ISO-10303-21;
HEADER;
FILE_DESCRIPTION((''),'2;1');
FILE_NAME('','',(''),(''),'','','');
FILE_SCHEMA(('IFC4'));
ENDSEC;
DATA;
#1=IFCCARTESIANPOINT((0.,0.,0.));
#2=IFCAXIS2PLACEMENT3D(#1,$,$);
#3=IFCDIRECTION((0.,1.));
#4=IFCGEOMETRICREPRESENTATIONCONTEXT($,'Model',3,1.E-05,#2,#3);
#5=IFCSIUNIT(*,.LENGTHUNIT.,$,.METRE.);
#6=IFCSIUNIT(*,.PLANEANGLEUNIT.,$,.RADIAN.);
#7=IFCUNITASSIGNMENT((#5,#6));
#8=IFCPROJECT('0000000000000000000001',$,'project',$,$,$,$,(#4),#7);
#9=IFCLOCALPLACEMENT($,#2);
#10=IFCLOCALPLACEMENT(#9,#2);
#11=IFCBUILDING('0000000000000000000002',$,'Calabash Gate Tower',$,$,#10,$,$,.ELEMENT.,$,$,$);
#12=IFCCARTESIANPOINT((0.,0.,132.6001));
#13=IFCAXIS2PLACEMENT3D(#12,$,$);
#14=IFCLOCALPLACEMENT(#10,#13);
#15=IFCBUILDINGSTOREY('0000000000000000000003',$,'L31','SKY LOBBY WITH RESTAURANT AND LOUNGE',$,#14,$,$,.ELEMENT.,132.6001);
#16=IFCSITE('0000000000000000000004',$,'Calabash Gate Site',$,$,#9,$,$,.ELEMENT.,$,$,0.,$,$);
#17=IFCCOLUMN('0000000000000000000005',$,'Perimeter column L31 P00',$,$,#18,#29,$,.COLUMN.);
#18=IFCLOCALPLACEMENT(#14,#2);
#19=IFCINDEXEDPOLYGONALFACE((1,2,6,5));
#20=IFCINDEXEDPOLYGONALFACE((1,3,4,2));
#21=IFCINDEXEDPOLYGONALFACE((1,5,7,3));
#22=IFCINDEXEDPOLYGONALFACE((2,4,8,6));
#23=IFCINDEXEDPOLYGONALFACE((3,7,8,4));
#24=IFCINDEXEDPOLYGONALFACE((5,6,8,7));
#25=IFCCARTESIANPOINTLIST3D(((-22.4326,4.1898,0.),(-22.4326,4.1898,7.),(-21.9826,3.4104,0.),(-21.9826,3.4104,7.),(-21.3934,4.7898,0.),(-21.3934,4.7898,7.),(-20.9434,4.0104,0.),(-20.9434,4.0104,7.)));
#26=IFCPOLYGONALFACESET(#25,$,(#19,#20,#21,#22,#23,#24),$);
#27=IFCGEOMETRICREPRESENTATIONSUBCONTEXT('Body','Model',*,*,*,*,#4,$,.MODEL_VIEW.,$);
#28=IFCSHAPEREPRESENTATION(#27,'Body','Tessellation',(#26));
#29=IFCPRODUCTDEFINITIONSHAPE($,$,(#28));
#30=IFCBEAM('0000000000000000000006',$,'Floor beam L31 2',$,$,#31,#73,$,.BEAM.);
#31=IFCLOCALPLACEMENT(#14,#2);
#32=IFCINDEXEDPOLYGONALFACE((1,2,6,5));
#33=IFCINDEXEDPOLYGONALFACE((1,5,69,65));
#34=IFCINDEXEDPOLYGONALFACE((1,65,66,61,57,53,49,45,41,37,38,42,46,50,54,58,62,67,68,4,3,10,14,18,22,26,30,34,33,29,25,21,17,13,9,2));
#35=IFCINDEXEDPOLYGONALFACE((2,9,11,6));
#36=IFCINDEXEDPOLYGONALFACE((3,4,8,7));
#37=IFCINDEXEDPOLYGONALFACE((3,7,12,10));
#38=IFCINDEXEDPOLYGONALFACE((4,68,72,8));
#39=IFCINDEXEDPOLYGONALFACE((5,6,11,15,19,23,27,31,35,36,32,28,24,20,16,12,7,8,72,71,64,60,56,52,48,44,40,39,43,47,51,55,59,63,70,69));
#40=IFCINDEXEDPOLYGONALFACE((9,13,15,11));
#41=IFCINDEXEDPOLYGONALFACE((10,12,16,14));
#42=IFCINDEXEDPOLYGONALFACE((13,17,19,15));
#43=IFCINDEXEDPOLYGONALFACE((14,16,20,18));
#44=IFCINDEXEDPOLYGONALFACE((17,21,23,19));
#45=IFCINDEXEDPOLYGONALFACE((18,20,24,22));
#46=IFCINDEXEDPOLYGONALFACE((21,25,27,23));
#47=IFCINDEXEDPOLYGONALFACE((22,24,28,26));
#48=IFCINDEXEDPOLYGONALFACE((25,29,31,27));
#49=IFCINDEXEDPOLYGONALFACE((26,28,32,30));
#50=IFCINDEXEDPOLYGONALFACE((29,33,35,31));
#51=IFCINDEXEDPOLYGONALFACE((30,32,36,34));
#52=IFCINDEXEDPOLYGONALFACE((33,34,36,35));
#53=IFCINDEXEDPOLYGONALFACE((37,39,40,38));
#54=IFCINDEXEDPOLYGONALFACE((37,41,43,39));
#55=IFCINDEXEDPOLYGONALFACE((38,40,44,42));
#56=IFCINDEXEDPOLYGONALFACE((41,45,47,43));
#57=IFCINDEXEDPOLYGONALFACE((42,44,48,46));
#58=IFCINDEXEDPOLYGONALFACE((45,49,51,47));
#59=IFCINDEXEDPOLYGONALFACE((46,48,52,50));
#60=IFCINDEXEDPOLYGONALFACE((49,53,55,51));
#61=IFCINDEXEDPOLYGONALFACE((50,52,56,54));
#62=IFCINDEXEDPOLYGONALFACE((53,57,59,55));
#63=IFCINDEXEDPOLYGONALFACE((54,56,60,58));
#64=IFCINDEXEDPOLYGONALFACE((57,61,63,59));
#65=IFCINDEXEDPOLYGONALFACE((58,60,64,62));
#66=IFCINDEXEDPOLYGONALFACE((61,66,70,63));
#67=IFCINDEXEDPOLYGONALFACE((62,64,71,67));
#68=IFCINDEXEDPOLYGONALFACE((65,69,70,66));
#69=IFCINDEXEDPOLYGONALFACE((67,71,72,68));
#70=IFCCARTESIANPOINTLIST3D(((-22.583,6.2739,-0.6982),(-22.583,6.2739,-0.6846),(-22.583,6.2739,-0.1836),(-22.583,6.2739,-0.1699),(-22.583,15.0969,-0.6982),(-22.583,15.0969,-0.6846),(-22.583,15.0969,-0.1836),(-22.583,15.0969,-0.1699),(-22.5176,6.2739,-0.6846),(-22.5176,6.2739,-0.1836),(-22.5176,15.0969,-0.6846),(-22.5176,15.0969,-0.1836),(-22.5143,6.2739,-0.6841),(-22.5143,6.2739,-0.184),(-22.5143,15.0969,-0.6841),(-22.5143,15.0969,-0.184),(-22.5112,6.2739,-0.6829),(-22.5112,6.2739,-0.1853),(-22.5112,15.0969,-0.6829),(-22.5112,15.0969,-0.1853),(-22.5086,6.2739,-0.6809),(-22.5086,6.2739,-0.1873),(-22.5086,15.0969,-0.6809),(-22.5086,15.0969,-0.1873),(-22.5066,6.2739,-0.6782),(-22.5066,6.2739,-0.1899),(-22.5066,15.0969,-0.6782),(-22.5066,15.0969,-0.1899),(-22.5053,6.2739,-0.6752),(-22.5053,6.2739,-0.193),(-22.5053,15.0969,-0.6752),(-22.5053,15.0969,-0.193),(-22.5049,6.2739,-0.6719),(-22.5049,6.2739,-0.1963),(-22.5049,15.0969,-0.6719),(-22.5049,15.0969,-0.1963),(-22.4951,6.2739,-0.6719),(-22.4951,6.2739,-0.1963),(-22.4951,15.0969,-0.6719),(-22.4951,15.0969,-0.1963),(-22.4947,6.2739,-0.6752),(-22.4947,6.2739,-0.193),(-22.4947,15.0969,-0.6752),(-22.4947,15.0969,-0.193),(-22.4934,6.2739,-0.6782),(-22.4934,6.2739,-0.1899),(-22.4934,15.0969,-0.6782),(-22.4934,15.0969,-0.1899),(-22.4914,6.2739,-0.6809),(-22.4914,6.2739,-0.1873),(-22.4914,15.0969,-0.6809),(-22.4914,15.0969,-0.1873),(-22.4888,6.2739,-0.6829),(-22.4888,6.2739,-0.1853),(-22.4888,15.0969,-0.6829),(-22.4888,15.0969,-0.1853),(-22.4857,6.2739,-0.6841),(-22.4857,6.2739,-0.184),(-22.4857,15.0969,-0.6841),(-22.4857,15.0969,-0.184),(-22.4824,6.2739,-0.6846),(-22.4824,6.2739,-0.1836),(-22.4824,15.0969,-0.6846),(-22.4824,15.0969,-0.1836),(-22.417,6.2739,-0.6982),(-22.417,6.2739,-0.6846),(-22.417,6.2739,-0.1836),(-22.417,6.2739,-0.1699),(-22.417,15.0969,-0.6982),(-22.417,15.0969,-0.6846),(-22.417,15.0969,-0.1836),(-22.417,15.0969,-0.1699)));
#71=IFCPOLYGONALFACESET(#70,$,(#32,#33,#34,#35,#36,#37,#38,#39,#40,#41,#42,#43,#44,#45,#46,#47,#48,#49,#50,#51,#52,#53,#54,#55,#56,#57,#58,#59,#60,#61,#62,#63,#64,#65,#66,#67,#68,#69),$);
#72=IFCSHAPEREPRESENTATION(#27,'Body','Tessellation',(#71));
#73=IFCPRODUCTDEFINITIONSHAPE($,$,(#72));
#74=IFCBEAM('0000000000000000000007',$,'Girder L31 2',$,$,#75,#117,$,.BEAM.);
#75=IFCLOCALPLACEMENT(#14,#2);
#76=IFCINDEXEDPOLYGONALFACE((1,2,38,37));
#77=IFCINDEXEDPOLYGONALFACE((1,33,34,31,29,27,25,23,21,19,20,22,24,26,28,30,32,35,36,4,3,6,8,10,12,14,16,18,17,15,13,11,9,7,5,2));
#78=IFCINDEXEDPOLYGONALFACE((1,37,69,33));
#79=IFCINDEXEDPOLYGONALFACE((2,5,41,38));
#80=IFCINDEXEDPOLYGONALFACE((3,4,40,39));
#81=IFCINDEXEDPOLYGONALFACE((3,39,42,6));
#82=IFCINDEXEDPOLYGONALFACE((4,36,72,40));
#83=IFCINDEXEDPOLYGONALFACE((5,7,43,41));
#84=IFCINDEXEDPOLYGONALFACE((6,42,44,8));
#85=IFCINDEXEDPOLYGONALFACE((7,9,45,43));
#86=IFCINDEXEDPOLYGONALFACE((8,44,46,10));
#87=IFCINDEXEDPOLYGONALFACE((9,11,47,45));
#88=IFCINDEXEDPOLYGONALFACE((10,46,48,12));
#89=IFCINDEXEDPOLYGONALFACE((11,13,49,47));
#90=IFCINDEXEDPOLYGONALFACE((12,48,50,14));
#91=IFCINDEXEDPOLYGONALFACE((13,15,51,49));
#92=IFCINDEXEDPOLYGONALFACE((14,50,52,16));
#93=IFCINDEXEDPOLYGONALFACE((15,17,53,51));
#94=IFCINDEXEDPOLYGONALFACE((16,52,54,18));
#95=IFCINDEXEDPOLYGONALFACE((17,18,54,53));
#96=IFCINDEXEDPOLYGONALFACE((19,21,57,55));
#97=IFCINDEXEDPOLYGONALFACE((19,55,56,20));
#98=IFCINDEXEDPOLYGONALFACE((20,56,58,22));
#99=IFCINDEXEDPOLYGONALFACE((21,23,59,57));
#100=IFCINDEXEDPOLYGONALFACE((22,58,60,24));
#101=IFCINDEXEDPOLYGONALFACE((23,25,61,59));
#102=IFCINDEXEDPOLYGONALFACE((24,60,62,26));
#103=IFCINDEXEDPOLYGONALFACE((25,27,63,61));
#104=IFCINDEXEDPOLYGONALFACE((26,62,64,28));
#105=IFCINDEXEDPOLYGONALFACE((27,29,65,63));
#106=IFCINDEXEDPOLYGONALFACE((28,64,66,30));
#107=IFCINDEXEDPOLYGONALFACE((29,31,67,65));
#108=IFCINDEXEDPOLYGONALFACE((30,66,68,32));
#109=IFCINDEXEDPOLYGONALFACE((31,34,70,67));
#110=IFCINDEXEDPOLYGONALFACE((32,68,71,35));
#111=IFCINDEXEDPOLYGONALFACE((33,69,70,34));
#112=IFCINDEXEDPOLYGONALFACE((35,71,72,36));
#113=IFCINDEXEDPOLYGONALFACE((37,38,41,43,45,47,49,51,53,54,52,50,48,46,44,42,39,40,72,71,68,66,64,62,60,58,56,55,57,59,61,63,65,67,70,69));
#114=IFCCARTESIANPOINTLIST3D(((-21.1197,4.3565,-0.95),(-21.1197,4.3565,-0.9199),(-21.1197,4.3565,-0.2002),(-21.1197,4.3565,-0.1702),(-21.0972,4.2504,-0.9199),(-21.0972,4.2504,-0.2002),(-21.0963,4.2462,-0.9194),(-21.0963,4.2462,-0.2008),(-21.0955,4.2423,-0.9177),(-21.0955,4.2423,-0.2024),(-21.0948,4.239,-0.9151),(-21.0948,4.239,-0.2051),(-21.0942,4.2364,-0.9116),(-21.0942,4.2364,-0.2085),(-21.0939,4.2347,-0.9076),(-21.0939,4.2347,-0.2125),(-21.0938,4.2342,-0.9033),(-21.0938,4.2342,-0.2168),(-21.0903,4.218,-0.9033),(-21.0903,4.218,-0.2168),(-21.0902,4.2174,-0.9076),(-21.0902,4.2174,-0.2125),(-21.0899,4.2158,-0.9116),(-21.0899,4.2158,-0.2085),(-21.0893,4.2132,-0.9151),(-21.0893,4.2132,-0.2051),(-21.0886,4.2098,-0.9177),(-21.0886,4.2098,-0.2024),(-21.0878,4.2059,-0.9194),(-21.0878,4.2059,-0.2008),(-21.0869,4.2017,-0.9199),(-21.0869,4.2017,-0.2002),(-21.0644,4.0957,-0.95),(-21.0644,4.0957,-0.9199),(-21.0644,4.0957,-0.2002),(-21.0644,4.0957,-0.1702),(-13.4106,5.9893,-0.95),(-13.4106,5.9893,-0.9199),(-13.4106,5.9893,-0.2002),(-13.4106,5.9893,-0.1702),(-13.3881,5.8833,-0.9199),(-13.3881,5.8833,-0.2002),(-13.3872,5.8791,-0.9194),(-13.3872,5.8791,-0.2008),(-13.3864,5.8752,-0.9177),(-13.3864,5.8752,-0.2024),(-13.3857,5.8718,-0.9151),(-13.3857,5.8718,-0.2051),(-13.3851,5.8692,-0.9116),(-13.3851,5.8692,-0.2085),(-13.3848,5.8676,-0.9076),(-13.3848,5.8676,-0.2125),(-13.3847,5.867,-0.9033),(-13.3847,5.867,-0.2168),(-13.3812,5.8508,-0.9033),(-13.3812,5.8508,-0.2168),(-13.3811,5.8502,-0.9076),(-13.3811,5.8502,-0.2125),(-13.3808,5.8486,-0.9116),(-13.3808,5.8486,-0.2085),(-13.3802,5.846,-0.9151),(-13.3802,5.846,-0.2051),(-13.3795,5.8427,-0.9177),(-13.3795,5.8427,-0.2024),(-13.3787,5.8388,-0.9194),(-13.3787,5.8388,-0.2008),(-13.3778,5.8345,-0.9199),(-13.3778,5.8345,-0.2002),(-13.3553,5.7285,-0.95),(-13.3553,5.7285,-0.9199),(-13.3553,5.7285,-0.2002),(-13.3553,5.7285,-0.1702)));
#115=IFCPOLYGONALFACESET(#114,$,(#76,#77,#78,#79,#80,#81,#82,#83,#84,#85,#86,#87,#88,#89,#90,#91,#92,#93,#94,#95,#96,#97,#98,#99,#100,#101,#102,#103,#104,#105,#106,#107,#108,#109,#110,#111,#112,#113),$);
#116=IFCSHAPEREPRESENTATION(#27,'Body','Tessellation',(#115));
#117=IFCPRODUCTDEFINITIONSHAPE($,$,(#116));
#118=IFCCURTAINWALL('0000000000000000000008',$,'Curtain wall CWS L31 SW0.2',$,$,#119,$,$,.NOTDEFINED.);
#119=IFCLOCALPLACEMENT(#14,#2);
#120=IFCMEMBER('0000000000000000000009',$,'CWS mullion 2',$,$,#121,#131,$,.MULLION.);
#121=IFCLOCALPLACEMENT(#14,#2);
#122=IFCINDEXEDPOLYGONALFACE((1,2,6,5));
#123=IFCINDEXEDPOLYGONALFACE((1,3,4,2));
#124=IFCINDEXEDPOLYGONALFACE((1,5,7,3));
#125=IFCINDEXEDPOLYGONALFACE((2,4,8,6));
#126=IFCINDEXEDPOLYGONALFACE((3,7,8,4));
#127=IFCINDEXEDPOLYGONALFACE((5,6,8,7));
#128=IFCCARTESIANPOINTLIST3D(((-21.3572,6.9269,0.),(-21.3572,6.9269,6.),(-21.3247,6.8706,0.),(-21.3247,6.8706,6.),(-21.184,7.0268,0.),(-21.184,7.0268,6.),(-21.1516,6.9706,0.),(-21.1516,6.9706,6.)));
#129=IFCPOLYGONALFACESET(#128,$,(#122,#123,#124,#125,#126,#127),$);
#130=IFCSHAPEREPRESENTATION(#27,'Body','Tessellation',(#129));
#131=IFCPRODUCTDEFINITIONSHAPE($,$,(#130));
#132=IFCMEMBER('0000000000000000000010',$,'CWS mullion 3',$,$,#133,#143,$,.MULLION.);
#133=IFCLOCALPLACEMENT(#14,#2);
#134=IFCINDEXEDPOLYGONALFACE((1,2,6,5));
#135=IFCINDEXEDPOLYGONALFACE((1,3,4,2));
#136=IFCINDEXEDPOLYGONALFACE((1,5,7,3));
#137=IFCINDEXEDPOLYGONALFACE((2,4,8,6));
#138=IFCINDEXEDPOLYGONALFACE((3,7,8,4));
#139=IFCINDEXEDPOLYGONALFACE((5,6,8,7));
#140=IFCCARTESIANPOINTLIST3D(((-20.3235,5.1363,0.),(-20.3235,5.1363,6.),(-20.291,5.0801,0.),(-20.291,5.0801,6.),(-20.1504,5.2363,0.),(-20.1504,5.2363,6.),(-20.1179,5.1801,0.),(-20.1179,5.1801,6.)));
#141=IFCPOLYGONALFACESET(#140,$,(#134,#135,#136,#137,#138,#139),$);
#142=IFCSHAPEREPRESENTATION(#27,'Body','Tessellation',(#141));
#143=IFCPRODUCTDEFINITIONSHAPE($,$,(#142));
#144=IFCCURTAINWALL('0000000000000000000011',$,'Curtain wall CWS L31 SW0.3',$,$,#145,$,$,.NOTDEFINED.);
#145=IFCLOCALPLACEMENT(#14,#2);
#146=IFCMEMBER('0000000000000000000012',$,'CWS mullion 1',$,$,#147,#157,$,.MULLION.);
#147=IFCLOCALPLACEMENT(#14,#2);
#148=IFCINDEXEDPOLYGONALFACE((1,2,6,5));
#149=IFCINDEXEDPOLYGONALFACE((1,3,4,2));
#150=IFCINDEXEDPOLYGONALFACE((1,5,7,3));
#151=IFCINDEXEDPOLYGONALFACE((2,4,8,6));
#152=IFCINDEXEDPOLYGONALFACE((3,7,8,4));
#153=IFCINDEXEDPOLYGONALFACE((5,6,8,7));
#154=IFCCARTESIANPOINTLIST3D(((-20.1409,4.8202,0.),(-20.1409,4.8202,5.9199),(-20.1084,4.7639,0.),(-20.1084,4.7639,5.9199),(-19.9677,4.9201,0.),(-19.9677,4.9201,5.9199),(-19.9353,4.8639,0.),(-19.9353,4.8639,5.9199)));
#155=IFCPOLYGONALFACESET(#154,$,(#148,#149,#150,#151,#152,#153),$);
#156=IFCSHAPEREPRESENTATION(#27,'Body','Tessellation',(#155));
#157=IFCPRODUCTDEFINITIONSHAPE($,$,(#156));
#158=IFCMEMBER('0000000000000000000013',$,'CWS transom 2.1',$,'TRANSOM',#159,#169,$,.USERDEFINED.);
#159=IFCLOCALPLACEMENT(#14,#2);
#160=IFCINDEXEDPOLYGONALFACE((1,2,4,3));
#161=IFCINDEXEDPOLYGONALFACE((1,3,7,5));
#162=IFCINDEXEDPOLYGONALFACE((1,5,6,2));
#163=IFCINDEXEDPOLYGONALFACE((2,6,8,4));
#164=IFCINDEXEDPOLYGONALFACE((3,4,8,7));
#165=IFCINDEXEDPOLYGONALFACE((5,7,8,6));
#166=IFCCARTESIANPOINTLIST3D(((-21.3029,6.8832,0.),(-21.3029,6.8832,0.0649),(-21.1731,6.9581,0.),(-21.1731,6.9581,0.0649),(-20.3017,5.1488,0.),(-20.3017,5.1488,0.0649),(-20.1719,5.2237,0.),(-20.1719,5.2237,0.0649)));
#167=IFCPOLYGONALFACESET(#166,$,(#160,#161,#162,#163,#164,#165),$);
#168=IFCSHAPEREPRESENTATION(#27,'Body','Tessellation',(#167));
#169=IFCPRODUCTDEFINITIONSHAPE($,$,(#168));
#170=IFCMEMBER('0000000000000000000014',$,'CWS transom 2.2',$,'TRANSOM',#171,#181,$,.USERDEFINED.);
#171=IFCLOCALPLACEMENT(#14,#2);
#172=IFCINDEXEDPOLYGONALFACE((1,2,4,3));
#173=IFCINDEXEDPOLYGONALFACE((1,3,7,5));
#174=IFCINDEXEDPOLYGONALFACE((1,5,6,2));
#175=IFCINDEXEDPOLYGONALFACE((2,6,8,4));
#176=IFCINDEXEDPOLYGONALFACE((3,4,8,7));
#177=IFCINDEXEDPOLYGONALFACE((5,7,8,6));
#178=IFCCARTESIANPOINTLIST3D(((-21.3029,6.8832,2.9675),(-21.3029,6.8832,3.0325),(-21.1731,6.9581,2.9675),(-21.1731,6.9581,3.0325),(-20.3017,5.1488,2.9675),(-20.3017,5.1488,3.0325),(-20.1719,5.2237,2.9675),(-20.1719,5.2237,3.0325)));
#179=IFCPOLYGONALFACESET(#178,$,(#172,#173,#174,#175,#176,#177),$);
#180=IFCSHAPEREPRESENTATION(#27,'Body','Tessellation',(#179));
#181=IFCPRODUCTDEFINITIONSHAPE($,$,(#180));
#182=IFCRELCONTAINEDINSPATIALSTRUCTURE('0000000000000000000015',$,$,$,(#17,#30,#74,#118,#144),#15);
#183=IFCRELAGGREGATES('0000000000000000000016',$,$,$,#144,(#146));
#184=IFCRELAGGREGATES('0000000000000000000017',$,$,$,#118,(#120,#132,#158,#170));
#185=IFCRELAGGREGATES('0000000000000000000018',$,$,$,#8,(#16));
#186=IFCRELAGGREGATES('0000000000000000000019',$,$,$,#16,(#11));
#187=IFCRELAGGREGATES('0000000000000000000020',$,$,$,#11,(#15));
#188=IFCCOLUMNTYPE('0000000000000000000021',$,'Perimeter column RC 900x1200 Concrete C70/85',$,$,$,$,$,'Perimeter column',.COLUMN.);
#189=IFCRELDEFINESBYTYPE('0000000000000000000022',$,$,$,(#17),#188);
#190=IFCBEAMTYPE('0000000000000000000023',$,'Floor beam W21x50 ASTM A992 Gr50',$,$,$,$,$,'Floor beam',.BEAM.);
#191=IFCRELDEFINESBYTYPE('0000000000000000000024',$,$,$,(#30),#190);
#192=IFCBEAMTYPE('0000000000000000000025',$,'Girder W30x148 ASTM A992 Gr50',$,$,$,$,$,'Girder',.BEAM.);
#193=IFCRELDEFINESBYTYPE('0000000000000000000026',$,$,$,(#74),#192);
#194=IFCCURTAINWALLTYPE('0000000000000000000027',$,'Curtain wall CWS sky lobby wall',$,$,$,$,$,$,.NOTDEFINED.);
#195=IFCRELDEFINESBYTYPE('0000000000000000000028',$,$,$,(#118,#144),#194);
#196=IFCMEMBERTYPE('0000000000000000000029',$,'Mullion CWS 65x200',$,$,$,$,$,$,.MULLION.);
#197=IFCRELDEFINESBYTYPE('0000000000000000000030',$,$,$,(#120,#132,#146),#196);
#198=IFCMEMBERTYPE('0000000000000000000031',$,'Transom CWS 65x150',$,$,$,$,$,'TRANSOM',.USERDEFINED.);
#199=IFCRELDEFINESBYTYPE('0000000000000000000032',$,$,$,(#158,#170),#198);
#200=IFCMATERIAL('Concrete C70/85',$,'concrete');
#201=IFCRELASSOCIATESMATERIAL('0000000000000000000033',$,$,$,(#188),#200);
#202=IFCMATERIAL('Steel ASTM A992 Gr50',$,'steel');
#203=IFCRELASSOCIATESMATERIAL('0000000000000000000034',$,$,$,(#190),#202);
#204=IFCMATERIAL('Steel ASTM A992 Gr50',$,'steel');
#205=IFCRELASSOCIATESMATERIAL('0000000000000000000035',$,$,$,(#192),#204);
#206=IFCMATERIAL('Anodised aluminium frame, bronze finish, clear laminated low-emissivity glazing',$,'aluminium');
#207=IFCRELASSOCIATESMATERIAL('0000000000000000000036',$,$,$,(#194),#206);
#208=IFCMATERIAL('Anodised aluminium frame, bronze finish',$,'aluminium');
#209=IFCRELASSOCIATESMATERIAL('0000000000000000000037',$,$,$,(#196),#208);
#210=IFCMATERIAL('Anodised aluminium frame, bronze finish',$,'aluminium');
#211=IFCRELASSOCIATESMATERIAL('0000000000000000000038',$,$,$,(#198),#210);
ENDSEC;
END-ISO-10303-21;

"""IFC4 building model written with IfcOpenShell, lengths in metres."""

from ifc_helpers import new_model, si_unit, direction, frame, origin, origin_2d, place, context, subcontext, project, spatial, rectangle, i_section, extrude, material, material_profile, profile_set, type_object, element, aggregate, save


model = new_model("IFC4")

# Units and contexts
model_context = context("Model", 3, precision=1e-05, world=origin(), true_north=direction((0.0, 1.0)))
body_context = subcontext(model_context, "Body", "Model", "MODEL_VIEW")
ifc_project = project(units=[si_unit("LENGTHUNIT", "METRE"), si_unit("PLANEANGLEUNIT", "RADIAN")], contexts=[model_context])

# Site, building, storey
site_placement = place(None, origin())
site = spatial("IfcSite", under=ifc_project, at=site_placement, Name="Calabash Gate Site", CompositionType="ELEMENT", RefElevation=0.0)
building_placement = place(site_placement, origin())
building = spatial("IfcBuilding", under=site, at=building_placement, Name="Calabash Gate Tower", CompositionType="ELEMENT")
storey_placement = place(building_placement, frame((0.0, 0.0, 132.6001)))
storey = spatial("IfcBuildingStorey", under=building, at=storey_placement, Name="L31", Description="SKY LOBBY WITH RESTAURANT AND LOUNGE", CompositionType="ELEMENT", Elevation=132.6001)

# Column
ifc_material_1 = material(Name="Concrete C70/85", Category="concrete")
ifc_material_profile_1 = material_profile(ifc_material_1, rectangle(XDim=0.8999, YDim=1.2, at=origin_2d()))
ifc_profile_set_1 = profile_set([ifc_material_profile_1], Name="Concrete C70/85")
column_type = type_object("IfcColumnType", Name="Perimeter column RC 900x1200 Concrete C70/85", ElementType="Perimeter column", PredefinedType="COLUMN", material=ifc_profile_set_1)
column_placement = place(storey_placement, frame((-21.688, 4.1001, 0.0), z_axis=(0.0, 0.0, 1.0), x_axis=(0.5, -0.866025, 0.0)))
element("IfcColumn", 1, at=column_placement, inside=storey, type_object=column_type, Name="Perimeter column L31 P00", PredefinedType="COLUMN", context=body_context, shape_type="SweptSolid", body=[
    extrude(rectangle(XDim=0.8999, YDim=1.2, at=origin_2d()), origin(), (0.0, 0.0, 1.0), 7.0),
])

# Beams
ifc_material_2 = material(Name="Steel ASTM A992 Gr50", Category="steel")
ifc_material_profile_2 = material_profile(ifc_material_2, i_section(OverallWidth=0.166, OverallDepth=0.5283, WebThickness=0.0098, FlangeThickness=0.0137, FilletRadius=0.0127, at=origin_2d()))
ifc_profile_set_2 = profile_set([ifc_material_profile_2], Name="Steel ASTM A992 Gr50")
beam_type_1 = type_object("IfcBeamType", Name="Floor beam W21x50 ASTM A992 Gr50", ElementType="Floor beam", PredefinedType="BEAM", material=ifc_profile_set_2)
beam_1_placement = place(storey_placement, frame((-22.5, 6.2739, -0.4341), z_axis=(0.0, 1.0, 0.0), x_axis=(-1.0, 0.0, 0.0)))
element("IfcBeam", 2, at=beam_1_placement, inside=storey, type_object=beam_type_1, Name="Floor beam L31 2", PredefinedType="BEAM", context=body_context, shape_type="SweptSolid", body=[
    extrude(i_section(OverallWidth=0.166, OverallDepth=0.5283, WebThickness=0.0098, FlangeThickness=0.0137, FilletRadius=0.0127, at=origin_2d()), origin(), (0.0, 0.0, 1.0), 8.823),
])
ifc_material_3 = material(Name="Steel ASTM A992 Gr50", Category="steel")
ifc_material_profile_3 = material_profile(ifc_material_3, i_section(OverallWidth=0.2666, OverallDepth=0.7798, WebThickness=0.0166, FlangeThickness=0.03, FilletRadius=0.0166, at=origin_2d()))
ifc_profile_set_3 = profile_set([ifc_material_profile_3], Name="Steel ASTM A992 Gr50")
beam_type_2 = type_object("IfcBeamType", Name="Girder W30x148 ASTM A992 Gr50", ElementType="Girder", PredefinedType="BEAM", material=ifc_profile_set_3)
beam_2_placement = place(storey_placement, frame((-21.092, 4.2261, -0.5601), z_axis=(0.978297, 0.20721, 0.0), x_axis=(-0.20721, 0.978297, 0.0)))
element("IfcBeam", 3, at=beam_2_placement, inside=storey, type_object=beam_type_2, Name="Girder L31 2", PredefinedType="BEAM", context=body_context, shape_type="SweptSolid", body=[
    extrude(i_section(OverallWidth=0.2666, OverallDepth=0.7798, WebThickness=0.0166, FlangeThickness=0.03, FilletRadius=0.0166, at=origin_2d()), origin(), (0.0, 0.0, 1.0), 7.8801),
])

# Curtain wall, members
ifc_material_4 = material(Name="Anodised aluminium frame, bronze finish, clear laminated low-emissivity glazing", Category="aluminium")
curtain_wall_type = type_object("IfcCurtainWallType", Name="Curtain wall CWS sky lobby wall", PredefinedType="NOTDEFINED", material=ifc_material_4)
curtain_wall_1_placement = place(storey_placement, origin())
curtain_wall_1 = element("IfcCurtainWall", 4, at=curtain_wall_1_placement, inside=storey, type_object=curtain_wall_type, Name="Curtain wall CWS L31 SW0.2", PredefinedType="NOTDEFINED")
ifc_material_5 = material(Name="Anodised aluminium frame, bronze finish", Category="aluminium")
ifc_material_profile_4 = material_profile(ifc_material_5, rectangle(XDim=0.2, YDim=0.0649, at=origin_2d()))
ifc_profile_set_4 = profile_set([ifc_material_profile_4], Name="Anodised aluminium frame, bronze finish")
member_type_1 = type_object("IfcMemberType", Name="Mullion CWS 65x200", PredefinedType="MULLION", material=ifc_profile_set_4)
member_1_placement = place(storey_placement, frame((-21.2544, 6.9487, 0.0), z_axis=(0.0, 0.0, 1.0), x_axis=(0.866025, 0.5, 0.0)))
member_1 = element("IfcMember", 5, at=member_1_placement, type_object=member_type_1, Name="CWS mullion 2", PredefinedType="MULLION", context=body_context, shape_type="SweptSolid", body=[
    extrude(rectangle(XDim=0.2, YDim=0.0649, at=origin_2d()), origin(), (0.0, 0.0, 1.0), 6.0),
])
member_2_placement = place(storey_placement, frame((-20.2207, 5.1582, 0.0), z_axis=(0.0, 0.0, 1.0), x_axis=(0.866025, 0.5, 0.0)))
member_2 = element("IfcMember", 6, at=member_2_placement, type_object=member_type_1, Name="CWS mullion 3", PredefinedType="MULLION", context=body_context, shape_type="SweptSolid", body=[
    extrude(rectangle(XDim=0.2, YDim=0.0649, at=origin_2d()), origin(), (0.0, 0.0, 1.0), 6.0),
])

# Curtain wall, member
curtain_wall_2_placement = place(storey_placement, origin())
curtain_wall_2 = element("IfcCurtainWall", 7, at=curtain_wall_2_placement, inside=storey, type_object=curtain_wall_type, Name="Curtain wall CWS L31 SW0.3", PredefinedType="NOTDEFINED")
member_3_placement = place(storey_placement, frame((-20.0381, 4.842, 0.0), z_axis=(0.0, 0.0, 1.0), x_axis=(0.866025, 0.5, 0.0)))
member_3 = element("IfcMember", 8, at=member_3_placement, type_object=member_type_1, Name="CWS mullion 1", PredefinedType="MULLION", context=body_context, shape_type="SweptSolid", body=[
    extrude(rectangle(XDim=0.2, YDim=0.0649, at=origin_2d()), origin(), (0.0, 0.0, 1.0), 5.9199),
])

# Members
ifc_material_6 = material(Name="Anodised aluminium frame, bronze finish", Category="aluminium")
ifc_material_profile_5 = material_profile(ifc_material_6, rectangle(XDim=0.1499, YDim=0.0649, at=origin_2d()))
ifc_profile_set_5 = profile_set([ifc_material_profile_5], Name="Anodised aluminium frame, bronze finish")
member_type_2 = type_object("IfcMemberType", Name="Transom CWS 65x150", ElementType="TRANSOM", PredefinedType="USERDEFINED", material=ifc_profile_set_5)
member_4_placement = place(storey_placement, frame((-21.238, 6.9207, 0.0325), z_axis=(0.499955, -0.866052, 0.0), x_axis=(0.866052, 0.499955, 0.0)))
member_4 = element("IfcMember", 9, at=member_4_placement, type_object=member_type_2, Name="CWS transom 2.1", ObjectType="TRANSOM", PredefinedType="USERDEFINED", context=body_context, shape_type="SweptSolid", body=[
    extrude(rectangle(XDim=0.1499, YDim=0.0649, at=origin_2d()), origin(), (0.0, 0.0, 1.0), 2.0027),
])
member_5_placement = place(storey_placement, frame((-21.238, 6.9207, 3.0), z_axis=(0.499955, -0.866052, 0.0), x_axis=(0.866052, 0.499955, 0.0)))
member_5 = element("IfcMember", 10, at=member_5_placement, type_object=member_type_2, Name="CWS transom 2.2", ObjectType="TRANSOM", PredefinedType="USERDEFINED", context=body_context, shape_type="SweptSolid", body=[
    extrude(rectangle(XDim=0.1499, YDim=0.0649, at=origin_2d()), origin(), (0.0, 0.0, 1.0), 2.0027),
])
aggregate(curtain_wall_2, [member_3])

aggregate(curtain_wall_1, [member_1, member_2, member_4, member_5])

save(model, "model.ifc")
